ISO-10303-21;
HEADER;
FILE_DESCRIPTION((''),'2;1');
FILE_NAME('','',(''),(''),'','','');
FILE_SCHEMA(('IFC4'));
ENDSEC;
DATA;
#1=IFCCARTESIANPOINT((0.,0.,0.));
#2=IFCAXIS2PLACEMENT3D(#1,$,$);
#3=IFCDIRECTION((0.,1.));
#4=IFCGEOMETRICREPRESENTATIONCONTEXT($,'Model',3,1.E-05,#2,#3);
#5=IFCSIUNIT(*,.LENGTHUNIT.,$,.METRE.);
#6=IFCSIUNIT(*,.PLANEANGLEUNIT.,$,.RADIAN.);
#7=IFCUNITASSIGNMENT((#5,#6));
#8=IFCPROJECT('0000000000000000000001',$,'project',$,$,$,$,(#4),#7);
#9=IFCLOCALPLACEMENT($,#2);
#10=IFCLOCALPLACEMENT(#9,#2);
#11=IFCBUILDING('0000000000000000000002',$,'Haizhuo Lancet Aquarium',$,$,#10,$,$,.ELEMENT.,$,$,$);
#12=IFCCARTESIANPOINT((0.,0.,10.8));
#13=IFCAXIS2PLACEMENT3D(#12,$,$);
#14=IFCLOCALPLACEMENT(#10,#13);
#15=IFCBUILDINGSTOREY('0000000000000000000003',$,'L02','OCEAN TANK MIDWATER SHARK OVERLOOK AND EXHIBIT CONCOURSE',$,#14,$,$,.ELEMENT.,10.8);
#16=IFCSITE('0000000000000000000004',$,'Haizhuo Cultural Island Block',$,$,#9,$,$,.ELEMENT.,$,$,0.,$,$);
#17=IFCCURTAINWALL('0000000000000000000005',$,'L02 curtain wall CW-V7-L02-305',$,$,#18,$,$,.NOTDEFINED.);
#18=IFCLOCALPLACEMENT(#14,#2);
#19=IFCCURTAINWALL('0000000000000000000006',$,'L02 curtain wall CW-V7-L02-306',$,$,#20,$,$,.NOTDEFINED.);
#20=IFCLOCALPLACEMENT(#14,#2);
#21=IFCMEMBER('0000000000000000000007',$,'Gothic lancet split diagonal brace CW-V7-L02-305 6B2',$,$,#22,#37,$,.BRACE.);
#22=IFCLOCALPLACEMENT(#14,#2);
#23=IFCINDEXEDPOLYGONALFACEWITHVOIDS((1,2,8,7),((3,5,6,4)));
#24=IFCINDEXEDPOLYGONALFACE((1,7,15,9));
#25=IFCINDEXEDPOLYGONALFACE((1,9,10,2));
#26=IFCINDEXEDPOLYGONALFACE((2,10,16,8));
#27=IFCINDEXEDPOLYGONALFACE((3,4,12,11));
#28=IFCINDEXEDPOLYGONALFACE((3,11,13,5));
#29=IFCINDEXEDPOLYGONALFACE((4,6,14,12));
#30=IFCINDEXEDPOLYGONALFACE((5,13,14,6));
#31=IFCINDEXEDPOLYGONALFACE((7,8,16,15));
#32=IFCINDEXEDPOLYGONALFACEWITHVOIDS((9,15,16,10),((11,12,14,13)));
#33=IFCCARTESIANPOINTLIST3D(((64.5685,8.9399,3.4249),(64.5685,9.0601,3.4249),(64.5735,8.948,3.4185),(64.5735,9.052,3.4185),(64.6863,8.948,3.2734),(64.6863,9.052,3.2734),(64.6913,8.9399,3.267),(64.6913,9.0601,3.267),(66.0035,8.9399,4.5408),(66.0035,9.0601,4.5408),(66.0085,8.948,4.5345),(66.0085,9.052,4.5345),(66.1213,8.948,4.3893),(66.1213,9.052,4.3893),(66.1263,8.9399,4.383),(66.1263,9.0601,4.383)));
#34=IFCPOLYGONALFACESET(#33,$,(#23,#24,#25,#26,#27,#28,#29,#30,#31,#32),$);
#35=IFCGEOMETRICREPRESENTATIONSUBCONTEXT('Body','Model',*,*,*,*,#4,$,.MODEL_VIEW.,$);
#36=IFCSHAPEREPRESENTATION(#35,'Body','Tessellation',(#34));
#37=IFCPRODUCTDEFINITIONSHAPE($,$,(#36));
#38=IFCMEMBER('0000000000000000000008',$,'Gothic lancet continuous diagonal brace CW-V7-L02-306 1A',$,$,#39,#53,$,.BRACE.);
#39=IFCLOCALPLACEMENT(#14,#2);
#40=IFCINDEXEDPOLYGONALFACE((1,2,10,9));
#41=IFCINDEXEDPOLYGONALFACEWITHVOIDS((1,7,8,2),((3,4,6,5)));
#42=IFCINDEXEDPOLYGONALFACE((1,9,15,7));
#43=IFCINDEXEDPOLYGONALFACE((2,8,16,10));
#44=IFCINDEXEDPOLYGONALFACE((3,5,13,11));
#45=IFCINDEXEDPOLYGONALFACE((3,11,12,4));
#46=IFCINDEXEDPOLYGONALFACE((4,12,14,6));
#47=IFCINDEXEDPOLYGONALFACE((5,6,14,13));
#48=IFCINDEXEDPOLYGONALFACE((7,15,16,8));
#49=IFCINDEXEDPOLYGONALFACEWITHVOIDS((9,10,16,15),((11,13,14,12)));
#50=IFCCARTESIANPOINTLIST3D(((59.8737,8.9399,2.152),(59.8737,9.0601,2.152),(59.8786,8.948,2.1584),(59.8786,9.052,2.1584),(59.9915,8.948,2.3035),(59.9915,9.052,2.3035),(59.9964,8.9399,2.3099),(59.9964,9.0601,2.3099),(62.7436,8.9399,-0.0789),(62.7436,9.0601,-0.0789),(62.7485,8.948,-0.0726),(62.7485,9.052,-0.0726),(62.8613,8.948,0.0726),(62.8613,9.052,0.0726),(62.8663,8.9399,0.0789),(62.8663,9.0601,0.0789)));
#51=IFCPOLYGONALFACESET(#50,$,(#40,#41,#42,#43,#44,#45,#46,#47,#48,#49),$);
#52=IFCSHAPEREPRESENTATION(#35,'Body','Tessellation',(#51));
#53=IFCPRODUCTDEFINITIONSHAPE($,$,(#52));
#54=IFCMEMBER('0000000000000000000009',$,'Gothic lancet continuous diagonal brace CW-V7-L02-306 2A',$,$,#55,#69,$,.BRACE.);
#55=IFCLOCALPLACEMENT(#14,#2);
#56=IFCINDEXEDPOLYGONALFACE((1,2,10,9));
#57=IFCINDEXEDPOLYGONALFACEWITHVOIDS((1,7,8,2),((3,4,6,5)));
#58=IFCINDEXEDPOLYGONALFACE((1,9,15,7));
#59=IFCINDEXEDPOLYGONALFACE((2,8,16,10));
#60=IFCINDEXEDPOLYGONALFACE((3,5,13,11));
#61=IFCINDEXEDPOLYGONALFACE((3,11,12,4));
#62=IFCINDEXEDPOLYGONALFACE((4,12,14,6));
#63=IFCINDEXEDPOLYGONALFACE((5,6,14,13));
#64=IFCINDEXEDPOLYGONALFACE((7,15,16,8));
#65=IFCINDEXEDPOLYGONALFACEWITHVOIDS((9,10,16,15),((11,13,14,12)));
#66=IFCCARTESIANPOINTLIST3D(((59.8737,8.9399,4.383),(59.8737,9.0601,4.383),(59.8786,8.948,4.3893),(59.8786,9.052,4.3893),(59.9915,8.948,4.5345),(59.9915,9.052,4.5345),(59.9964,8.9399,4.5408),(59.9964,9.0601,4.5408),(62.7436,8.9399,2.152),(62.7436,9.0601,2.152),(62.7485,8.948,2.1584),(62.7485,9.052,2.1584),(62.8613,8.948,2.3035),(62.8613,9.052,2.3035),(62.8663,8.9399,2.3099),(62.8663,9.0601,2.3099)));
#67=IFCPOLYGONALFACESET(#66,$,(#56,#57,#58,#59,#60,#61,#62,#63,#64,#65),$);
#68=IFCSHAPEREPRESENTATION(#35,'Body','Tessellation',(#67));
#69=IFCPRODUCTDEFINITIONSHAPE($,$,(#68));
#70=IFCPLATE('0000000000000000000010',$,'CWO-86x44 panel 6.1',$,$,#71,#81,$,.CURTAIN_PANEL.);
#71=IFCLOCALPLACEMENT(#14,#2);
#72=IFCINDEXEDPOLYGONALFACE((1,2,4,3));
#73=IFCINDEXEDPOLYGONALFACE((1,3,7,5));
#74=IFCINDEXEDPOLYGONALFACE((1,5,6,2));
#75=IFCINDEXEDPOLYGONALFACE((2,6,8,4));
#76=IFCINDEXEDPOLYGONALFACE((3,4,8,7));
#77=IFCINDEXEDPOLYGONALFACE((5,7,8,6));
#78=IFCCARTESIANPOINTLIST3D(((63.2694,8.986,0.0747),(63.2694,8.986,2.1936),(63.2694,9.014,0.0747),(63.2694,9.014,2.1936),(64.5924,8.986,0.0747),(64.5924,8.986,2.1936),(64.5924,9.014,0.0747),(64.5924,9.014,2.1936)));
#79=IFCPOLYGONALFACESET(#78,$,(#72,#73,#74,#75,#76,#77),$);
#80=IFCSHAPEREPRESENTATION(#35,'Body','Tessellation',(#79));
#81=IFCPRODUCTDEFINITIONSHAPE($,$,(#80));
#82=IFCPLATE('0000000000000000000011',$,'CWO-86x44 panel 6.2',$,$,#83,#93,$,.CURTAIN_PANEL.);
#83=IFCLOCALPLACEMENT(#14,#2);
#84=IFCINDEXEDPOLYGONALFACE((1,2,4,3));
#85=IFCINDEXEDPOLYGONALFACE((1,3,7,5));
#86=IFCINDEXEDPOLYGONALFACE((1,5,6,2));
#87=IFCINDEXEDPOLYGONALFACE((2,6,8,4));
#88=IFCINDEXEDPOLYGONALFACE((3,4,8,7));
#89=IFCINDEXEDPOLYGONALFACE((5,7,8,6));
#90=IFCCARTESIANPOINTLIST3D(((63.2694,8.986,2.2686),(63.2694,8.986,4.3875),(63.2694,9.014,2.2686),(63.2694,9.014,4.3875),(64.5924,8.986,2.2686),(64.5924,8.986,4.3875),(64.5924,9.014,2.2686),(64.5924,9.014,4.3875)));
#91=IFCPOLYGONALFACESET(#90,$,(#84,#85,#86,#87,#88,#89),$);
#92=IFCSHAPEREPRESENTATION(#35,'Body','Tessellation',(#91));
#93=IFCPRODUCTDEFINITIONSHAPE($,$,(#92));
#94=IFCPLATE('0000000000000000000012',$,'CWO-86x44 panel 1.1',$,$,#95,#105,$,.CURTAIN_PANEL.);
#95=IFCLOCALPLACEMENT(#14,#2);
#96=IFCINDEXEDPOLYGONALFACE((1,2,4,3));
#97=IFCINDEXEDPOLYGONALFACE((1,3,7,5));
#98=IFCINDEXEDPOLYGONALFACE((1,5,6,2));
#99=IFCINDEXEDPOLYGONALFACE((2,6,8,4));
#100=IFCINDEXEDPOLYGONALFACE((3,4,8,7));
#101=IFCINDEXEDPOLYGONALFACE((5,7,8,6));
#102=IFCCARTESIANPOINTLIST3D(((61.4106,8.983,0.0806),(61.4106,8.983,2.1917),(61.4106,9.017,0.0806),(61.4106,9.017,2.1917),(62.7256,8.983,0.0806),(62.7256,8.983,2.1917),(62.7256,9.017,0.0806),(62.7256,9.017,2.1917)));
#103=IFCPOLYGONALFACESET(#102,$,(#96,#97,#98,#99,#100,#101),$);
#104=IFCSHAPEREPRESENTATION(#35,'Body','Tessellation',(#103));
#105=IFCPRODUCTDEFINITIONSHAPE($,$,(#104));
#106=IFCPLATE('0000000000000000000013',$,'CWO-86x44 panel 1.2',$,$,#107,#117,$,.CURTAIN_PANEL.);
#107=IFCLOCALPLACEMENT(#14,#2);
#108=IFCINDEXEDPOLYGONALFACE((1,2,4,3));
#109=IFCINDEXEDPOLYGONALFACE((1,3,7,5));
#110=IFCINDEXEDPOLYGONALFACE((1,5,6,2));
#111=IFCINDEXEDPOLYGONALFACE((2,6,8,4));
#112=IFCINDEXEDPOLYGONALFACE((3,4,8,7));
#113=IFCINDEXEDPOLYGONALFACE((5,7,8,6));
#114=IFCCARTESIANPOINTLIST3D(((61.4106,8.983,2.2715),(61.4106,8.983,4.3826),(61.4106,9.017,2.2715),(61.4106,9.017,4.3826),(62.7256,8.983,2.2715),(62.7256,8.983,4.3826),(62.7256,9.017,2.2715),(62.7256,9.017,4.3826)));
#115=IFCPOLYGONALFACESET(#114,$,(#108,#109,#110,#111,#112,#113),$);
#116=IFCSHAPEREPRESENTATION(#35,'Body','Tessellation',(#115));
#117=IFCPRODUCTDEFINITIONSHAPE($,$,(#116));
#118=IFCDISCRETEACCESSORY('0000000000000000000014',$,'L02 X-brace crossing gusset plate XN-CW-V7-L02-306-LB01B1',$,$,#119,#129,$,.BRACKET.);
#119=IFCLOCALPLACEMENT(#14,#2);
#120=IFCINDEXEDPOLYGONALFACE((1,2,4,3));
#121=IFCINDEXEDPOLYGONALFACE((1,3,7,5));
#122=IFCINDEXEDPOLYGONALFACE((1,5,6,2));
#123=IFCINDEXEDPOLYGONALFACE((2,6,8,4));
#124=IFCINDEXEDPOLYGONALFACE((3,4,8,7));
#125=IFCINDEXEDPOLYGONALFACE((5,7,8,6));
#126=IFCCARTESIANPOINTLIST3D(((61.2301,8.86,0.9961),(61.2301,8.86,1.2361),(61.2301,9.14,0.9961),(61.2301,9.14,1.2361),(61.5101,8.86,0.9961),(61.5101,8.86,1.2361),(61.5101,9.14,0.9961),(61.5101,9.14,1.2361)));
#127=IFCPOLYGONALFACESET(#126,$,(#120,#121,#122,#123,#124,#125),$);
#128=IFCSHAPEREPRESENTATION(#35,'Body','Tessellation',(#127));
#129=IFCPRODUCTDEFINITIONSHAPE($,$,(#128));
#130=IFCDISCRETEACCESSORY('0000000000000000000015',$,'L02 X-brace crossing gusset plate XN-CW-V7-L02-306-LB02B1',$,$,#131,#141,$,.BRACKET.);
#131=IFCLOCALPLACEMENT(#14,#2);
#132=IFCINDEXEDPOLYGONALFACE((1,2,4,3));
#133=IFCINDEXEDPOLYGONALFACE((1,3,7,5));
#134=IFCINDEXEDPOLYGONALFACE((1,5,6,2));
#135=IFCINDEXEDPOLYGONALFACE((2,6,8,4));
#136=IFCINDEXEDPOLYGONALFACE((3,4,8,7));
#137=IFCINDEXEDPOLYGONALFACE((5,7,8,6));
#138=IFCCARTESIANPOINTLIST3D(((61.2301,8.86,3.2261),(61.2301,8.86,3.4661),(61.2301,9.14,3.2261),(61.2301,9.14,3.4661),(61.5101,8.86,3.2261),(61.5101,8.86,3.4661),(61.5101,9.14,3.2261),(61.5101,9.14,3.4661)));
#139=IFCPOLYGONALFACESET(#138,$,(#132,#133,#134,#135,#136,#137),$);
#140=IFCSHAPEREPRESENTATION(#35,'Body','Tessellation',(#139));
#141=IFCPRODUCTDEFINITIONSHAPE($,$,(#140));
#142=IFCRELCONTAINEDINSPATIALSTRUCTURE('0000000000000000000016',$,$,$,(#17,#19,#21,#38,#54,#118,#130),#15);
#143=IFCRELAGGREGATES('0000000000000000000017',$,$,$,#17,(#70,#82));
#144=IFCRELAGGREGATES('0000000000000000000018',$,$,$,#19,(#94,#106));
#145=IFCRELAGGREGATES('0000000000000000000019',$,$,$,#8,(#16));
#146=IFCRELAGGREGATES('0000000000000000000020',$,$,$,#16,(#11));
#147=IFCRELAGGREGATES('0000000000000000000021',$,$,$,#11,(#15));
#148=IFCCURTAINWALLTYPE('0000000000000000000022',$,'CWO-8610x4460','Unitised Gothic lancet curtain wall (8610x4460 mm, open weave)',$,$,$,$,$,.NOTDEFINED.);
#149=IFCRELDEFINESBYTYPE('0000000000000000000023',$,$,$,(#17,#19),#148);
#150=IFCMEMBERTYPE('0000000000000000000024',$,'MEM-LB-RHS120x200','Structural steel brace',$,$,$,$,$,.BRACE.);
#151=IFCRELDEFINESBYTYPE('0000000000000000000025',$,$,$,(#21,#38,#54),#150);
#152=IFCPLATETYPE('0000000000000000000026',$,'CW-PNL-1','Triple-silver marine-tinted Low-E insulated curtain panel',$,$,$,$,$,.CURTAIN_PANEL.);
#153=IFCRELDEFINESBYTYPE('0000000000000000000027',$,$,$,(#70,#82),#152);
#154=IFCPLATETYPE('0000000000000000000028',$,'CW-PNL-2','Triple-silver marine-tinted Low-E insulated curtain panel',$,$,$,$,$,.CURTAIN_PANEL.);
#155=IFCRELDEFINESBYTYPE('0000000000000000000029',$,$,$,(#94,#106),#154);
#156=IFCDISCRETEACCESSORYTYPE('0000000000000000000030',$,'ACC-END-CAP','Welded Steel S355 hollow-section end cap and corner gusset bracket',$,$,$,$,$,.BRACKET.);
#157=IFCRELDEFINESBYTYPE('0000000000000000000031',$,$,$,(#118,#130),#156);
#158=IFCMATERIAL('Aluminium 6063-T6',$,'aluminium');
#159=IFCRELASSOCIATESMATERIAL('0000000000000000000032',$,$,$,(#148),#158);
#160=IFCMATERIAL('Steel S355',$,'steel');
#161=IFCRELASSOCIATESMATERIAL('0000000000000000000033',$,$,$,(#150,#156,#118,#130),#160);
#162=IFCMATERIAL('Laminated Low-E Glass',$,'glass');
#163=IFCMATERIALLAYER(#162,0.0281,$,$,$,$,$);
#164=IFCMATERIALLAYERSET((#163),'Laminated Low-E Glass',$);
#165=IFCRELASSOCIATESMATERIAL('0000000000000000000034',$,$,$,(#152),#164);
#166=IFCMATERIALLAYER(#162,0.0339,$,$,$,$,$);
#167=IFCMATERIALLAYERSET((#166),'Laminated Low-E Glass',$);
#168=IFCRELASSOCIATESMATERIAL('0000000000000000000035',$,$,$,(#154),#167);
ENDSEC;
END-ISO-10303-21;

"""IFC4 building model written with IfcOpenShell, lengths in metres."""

from ifc_helpers import new_model, si_unit, direction, frame, origin, origin_2d, place, context, subcontext, project, spatial, rectangle, hollow_rectangle, extrude, material, layer, layer_set, material_profile, profile_set, type_object, element, aggregate, save


model = new_model("IFC4")

# Units and contexts
model_context = context("Model", 3, precision=1e-05, world=origin(), true_north=direction((0.0, 1.0)))
body_context = subcontext(model_context, "Body", "Model", "MODEL_VIEW")
ifc_project = project(units=[si_unit("LENGTHUNIT", "METRE"), si_unit("PLANEANGLEUNIT", "RADIAN")], contexts=[model_context])

# Site, building, storey
site_placement = place(None, origin())
site = spatial("IfcSite", under=ifc_project, at=site_placement, Name="Haizhuo Cultural Island Block", CompositionType="ELEMENT", RefElevation=0.0)
building_placement = place(site_placement, origin())
building = spatial("IfcBuilding", under=site, at=building_placement, Name="Haizhuo Lancet Aquarium", CompositionType="ELEMENT")
storey_placement = place(building_placement, frame((0.0, 0.0, 10.8)))
storey = spatial("IfcBuildingStorey", under=building, at=storey_placement, Name="L02", Description="OCEAN TANK MIDWATER SHARK OVERLOOK AND EXHIBIT CONCOURSE", CompositionType="ELEMENT", Elevation=10.8)

# Shared definitions
ifc_material_1 = material(Name="Steel S355", Category="steel")

# Curtain wall
ifc_material_2 = material(Name="Aluminium 6063-T6", Category="aluminium")
curtain_wall_type = type_object("IfcCurtainWallType", Name="CWO-8610x4460", Description="Unitised Gothic lancet curtain wall (8610x4460 mm, open weave)", PredefinedType="NOTDEFINED", material=ifc_material_2)
curtain_wall_1_placement = place(storey_placement, origin())
curtain_wall_1 = element("IfcCurtainWall", 1, at=curtain_wall_1_placement, inside=storey, type_object=curtain_wall_type, Name="L02 curtain wall CW-V7-L02-305", PredefinedType="NOTDEFINED")

# Curtain wall
curtain_wall_2_placement = place(storey_placement, origin())
curtain_wall_2 = element("IfcCurtainWall", 2, at=curtain_wall_2_placement, inside=storey, type_object=curtain_wall_type, Name="L02 curtain wall CW-V7-L02-306", PredefinedType="NOTDEFINED")

# Members
ifc_material_profile_1 = material_profile(ifc_material_1, hollow_rectangle(XDim=0.1201, YDim=0.2, WallThickness=0.0081, at=origin_2d()), Name="RHS 120x200x8")
ifc_profile_set_1 = profile_set([ifc_material_profile_1], Name="Steel S355")
member_type_1 = type_object("IfcMemberType", Name="MEM-LB-RHS120x200", Description="Structural steel brace", PredefinedType="BRACE", material=ifc_profile_set_1)
member_1_placement = place(storey_placement, frame((64.6299, 9.0, 3.3459), z_axis=(0.789403, 0.0, 0.613876), x_axis=(0.0, 1.0, 0.0)))
element("IfcMember", 3, at=member_1_placement, inside=storey, type_object=member_type_1, Name="Gothic lancet split diagonal brace CW-V7-L02-305 6B2", PredefinedType="BRACE", context=body_context, shape_type="SweptSolid", body=[
    extrude(hollow_rectangle(XDim=0.1201, YDim=0.2, WallThickness=0.0081, at=origin_2d()), origin(), (0.0, 0.0, 1.0), 1.8179),
])
for number, where, z_axis, x_axis, name in (
    (4, (62.8049, 9.0, 0.0), (-0.789508, 0.0, 0.613741), (0.0, -1.0, 0.0), "Gothic lancet continuous diagonal brace CW-V7-L02-306 1A"),
    (5, (62.8049, 9.0, 2.231), (-0.789508, 0.0, 0.613741), (0.0, -1.0, 0.0), "Gothic lancet continuous diagonal brace CW-V7-L02-306 2A"),
):
    element("IfcMember", number, at=place(storey_placement, frame(where, z_axis=z_axis, x_axis=x_axis)), inside=storey, type_object=member_type_1, Name=name, PredefinedType="BRACE", context=body_context, shape_type="SweptSolid", body=[
        extrude(hollow_rectangle(XDim=0.1201, YDim=0.2, WallThickness=0.0081, at=origin_2d()), origin(), (0.0, 0.0, 1.0), 3.635),
    ])

# Plates
ifc_material_3 = material(Name="Laminated Low-E Glass", Category="glass")
ifc_layer_1 = layer(ifc_material_3, 0.0281)
ifc_layer_set_1 = layer_set([ifc_layer_1], Name="Laminated Low-E Glass")
plate_type_1 = type_object("IfcPlateType", Name="CW-PNL-1", Description="Triple-silver marine-tinted Low-E insulated curtain panel", PredefinedType="CURTAIN_PANEL", material=ifc_layer_set_1)
plate_1_placement = place(storey_placement, frame((63.9309, 9.0, 0.0747), z_axis=(0.0, 0.0, 1.0), x_axis=(-1.0, 0.0, 0.0)))
plate_1 = element("IfcPlate", 6, at=plate_1_placement, type_object=plate_type_1, Name="CWO-86x44 panel 6.1", PredefinedType="CURTAIN_PANEL", context=body_context, shape_type="SweptSolid", body=[
    extrude(rectangle(XDim=1.323, YDim=0.0281, at=origin_2d()), origin(), (0.0, 0.0, 1.0), 2.1189),
])
plate_2_placement = place(storey_placement, frame((63.9309, 9.0, 2.2686), z_axis=(0.0, 0.0, 1.0), x_axis=(-1.0, 0.0, 0.0)))
plate_2 = element("IfcPlate", 7, at=plate_2_placement, type_object=plate_type_1, Name="CWO-86x44 panel 6.2", PredefinedType="CURTAIN_PANEL", context=body_context, shape_type="SweptSolid", body=[
    extrude(rectangle(XDim=1.323, YDim=0.0281, at=origin_2d()), origin(), (0.0, 0.0, 1.0), 2.1189),
])
aggregate(curtain_wall_1, [plate_1, plate_2])
ifc_layer_2 = layer(ifc_material_3, 0.0339)
ifc_layer_set_2 = layer_set([ifc_layer_2], Name="Laminated Low-E Glass")
plate_type_2 = type_object("IfcPlateType", Name="CW-PNL-2", Description="Triple-silver marine-tinted Low-E insulated curtain panel", PredefinedType="CURTAIN_PANEL", material=ifc_layer_set_2)
plate_3_placement = place(storey_placement, frame((62.0681, 9.0, 0.0806), z_axis=(0.0, 0.0, 1.0), x_axis=(-1.0, 0.0, 0.0)))
plate_3 = element("IfcPlate", 8, at=plate_3_placement, type_object=plate_type_2, Name="CWO-86x44 panel 1.1", PredefinedType="CURTAIN_PANEL", context=body_context, shape_type="SweptSolid", body=[
    extrude(rectangle(XDim=1.3149, YDim=0.0339, at=origin_2d()), origin(), (0.0, 0.0, 1.0), 2.1111),
])
plate_4_placement = place(storey_placement, frame((62.0681, 9.0, 2.2715), z_axis=(0.0, 0.0, 1.0), x_axis=(-1.0, 0.0, 0.0)))
plate_4 = element("IfcPlate", 9, at=plate_4_placement, type_object=plate_type_2, Name="CWO-86x44 panel 1.2", PredefinedType="CURTAIN_PANEL", context=body_context, shape_type="SweptSolid", body=[
    extrude(rectangle(XDim=1.3149, YDim=0.0339, at=origin_2d()), origin(), (0.0, 0.0, 1.0), 2.1111),
])
aggregate(curtain_wall_2, [plate_3, plate_4])

# Discrete accessories
discrete_accessory_type = type_object("IfcDiscreteAccessoryType", Name="ACC-END-CAP", Description="Welded Steel S355 hollow-section end cap and corner gusset bracket", PredefinedType="BRACKET", material=ifc_material_1)
for number, where, z_axis, x_axis, name in (
    (10, (61.3701, 9.0, 0.9961), (0.0, 0.0, 1.0), (1.0, 0.0, 0.0), "L02 X-brace crossing gusset plate XN-CW-V7-L02-306-LB01B1"),
    (11, (61.3701, 9.0, 3.2261), (0.0, 0.0, 1.0), (1.0, 0.0, 0.0), "L02 X-brace crossing gusset plate XN-CW-V7-L02-306-LB02B1"),
):
    element("IfcDiscreteAccessory", number, at=place(storey_placement, frame(where, z_axis=z_axis, x_axis=x_axis)), inside=storey, type_object=discrete_accessory_type, material=ifc_material_1, Name=name, PredefinedType="BRACKET", context=body_context, shape_type="SweptSolid", body=[
        extrude(rectangle(XDim=0.28, YDim=0.28, at=origin_2d()), origin(), (0.0, 0.0, 1.0), 0.24),
    ])

save(model, "model.ifc")
